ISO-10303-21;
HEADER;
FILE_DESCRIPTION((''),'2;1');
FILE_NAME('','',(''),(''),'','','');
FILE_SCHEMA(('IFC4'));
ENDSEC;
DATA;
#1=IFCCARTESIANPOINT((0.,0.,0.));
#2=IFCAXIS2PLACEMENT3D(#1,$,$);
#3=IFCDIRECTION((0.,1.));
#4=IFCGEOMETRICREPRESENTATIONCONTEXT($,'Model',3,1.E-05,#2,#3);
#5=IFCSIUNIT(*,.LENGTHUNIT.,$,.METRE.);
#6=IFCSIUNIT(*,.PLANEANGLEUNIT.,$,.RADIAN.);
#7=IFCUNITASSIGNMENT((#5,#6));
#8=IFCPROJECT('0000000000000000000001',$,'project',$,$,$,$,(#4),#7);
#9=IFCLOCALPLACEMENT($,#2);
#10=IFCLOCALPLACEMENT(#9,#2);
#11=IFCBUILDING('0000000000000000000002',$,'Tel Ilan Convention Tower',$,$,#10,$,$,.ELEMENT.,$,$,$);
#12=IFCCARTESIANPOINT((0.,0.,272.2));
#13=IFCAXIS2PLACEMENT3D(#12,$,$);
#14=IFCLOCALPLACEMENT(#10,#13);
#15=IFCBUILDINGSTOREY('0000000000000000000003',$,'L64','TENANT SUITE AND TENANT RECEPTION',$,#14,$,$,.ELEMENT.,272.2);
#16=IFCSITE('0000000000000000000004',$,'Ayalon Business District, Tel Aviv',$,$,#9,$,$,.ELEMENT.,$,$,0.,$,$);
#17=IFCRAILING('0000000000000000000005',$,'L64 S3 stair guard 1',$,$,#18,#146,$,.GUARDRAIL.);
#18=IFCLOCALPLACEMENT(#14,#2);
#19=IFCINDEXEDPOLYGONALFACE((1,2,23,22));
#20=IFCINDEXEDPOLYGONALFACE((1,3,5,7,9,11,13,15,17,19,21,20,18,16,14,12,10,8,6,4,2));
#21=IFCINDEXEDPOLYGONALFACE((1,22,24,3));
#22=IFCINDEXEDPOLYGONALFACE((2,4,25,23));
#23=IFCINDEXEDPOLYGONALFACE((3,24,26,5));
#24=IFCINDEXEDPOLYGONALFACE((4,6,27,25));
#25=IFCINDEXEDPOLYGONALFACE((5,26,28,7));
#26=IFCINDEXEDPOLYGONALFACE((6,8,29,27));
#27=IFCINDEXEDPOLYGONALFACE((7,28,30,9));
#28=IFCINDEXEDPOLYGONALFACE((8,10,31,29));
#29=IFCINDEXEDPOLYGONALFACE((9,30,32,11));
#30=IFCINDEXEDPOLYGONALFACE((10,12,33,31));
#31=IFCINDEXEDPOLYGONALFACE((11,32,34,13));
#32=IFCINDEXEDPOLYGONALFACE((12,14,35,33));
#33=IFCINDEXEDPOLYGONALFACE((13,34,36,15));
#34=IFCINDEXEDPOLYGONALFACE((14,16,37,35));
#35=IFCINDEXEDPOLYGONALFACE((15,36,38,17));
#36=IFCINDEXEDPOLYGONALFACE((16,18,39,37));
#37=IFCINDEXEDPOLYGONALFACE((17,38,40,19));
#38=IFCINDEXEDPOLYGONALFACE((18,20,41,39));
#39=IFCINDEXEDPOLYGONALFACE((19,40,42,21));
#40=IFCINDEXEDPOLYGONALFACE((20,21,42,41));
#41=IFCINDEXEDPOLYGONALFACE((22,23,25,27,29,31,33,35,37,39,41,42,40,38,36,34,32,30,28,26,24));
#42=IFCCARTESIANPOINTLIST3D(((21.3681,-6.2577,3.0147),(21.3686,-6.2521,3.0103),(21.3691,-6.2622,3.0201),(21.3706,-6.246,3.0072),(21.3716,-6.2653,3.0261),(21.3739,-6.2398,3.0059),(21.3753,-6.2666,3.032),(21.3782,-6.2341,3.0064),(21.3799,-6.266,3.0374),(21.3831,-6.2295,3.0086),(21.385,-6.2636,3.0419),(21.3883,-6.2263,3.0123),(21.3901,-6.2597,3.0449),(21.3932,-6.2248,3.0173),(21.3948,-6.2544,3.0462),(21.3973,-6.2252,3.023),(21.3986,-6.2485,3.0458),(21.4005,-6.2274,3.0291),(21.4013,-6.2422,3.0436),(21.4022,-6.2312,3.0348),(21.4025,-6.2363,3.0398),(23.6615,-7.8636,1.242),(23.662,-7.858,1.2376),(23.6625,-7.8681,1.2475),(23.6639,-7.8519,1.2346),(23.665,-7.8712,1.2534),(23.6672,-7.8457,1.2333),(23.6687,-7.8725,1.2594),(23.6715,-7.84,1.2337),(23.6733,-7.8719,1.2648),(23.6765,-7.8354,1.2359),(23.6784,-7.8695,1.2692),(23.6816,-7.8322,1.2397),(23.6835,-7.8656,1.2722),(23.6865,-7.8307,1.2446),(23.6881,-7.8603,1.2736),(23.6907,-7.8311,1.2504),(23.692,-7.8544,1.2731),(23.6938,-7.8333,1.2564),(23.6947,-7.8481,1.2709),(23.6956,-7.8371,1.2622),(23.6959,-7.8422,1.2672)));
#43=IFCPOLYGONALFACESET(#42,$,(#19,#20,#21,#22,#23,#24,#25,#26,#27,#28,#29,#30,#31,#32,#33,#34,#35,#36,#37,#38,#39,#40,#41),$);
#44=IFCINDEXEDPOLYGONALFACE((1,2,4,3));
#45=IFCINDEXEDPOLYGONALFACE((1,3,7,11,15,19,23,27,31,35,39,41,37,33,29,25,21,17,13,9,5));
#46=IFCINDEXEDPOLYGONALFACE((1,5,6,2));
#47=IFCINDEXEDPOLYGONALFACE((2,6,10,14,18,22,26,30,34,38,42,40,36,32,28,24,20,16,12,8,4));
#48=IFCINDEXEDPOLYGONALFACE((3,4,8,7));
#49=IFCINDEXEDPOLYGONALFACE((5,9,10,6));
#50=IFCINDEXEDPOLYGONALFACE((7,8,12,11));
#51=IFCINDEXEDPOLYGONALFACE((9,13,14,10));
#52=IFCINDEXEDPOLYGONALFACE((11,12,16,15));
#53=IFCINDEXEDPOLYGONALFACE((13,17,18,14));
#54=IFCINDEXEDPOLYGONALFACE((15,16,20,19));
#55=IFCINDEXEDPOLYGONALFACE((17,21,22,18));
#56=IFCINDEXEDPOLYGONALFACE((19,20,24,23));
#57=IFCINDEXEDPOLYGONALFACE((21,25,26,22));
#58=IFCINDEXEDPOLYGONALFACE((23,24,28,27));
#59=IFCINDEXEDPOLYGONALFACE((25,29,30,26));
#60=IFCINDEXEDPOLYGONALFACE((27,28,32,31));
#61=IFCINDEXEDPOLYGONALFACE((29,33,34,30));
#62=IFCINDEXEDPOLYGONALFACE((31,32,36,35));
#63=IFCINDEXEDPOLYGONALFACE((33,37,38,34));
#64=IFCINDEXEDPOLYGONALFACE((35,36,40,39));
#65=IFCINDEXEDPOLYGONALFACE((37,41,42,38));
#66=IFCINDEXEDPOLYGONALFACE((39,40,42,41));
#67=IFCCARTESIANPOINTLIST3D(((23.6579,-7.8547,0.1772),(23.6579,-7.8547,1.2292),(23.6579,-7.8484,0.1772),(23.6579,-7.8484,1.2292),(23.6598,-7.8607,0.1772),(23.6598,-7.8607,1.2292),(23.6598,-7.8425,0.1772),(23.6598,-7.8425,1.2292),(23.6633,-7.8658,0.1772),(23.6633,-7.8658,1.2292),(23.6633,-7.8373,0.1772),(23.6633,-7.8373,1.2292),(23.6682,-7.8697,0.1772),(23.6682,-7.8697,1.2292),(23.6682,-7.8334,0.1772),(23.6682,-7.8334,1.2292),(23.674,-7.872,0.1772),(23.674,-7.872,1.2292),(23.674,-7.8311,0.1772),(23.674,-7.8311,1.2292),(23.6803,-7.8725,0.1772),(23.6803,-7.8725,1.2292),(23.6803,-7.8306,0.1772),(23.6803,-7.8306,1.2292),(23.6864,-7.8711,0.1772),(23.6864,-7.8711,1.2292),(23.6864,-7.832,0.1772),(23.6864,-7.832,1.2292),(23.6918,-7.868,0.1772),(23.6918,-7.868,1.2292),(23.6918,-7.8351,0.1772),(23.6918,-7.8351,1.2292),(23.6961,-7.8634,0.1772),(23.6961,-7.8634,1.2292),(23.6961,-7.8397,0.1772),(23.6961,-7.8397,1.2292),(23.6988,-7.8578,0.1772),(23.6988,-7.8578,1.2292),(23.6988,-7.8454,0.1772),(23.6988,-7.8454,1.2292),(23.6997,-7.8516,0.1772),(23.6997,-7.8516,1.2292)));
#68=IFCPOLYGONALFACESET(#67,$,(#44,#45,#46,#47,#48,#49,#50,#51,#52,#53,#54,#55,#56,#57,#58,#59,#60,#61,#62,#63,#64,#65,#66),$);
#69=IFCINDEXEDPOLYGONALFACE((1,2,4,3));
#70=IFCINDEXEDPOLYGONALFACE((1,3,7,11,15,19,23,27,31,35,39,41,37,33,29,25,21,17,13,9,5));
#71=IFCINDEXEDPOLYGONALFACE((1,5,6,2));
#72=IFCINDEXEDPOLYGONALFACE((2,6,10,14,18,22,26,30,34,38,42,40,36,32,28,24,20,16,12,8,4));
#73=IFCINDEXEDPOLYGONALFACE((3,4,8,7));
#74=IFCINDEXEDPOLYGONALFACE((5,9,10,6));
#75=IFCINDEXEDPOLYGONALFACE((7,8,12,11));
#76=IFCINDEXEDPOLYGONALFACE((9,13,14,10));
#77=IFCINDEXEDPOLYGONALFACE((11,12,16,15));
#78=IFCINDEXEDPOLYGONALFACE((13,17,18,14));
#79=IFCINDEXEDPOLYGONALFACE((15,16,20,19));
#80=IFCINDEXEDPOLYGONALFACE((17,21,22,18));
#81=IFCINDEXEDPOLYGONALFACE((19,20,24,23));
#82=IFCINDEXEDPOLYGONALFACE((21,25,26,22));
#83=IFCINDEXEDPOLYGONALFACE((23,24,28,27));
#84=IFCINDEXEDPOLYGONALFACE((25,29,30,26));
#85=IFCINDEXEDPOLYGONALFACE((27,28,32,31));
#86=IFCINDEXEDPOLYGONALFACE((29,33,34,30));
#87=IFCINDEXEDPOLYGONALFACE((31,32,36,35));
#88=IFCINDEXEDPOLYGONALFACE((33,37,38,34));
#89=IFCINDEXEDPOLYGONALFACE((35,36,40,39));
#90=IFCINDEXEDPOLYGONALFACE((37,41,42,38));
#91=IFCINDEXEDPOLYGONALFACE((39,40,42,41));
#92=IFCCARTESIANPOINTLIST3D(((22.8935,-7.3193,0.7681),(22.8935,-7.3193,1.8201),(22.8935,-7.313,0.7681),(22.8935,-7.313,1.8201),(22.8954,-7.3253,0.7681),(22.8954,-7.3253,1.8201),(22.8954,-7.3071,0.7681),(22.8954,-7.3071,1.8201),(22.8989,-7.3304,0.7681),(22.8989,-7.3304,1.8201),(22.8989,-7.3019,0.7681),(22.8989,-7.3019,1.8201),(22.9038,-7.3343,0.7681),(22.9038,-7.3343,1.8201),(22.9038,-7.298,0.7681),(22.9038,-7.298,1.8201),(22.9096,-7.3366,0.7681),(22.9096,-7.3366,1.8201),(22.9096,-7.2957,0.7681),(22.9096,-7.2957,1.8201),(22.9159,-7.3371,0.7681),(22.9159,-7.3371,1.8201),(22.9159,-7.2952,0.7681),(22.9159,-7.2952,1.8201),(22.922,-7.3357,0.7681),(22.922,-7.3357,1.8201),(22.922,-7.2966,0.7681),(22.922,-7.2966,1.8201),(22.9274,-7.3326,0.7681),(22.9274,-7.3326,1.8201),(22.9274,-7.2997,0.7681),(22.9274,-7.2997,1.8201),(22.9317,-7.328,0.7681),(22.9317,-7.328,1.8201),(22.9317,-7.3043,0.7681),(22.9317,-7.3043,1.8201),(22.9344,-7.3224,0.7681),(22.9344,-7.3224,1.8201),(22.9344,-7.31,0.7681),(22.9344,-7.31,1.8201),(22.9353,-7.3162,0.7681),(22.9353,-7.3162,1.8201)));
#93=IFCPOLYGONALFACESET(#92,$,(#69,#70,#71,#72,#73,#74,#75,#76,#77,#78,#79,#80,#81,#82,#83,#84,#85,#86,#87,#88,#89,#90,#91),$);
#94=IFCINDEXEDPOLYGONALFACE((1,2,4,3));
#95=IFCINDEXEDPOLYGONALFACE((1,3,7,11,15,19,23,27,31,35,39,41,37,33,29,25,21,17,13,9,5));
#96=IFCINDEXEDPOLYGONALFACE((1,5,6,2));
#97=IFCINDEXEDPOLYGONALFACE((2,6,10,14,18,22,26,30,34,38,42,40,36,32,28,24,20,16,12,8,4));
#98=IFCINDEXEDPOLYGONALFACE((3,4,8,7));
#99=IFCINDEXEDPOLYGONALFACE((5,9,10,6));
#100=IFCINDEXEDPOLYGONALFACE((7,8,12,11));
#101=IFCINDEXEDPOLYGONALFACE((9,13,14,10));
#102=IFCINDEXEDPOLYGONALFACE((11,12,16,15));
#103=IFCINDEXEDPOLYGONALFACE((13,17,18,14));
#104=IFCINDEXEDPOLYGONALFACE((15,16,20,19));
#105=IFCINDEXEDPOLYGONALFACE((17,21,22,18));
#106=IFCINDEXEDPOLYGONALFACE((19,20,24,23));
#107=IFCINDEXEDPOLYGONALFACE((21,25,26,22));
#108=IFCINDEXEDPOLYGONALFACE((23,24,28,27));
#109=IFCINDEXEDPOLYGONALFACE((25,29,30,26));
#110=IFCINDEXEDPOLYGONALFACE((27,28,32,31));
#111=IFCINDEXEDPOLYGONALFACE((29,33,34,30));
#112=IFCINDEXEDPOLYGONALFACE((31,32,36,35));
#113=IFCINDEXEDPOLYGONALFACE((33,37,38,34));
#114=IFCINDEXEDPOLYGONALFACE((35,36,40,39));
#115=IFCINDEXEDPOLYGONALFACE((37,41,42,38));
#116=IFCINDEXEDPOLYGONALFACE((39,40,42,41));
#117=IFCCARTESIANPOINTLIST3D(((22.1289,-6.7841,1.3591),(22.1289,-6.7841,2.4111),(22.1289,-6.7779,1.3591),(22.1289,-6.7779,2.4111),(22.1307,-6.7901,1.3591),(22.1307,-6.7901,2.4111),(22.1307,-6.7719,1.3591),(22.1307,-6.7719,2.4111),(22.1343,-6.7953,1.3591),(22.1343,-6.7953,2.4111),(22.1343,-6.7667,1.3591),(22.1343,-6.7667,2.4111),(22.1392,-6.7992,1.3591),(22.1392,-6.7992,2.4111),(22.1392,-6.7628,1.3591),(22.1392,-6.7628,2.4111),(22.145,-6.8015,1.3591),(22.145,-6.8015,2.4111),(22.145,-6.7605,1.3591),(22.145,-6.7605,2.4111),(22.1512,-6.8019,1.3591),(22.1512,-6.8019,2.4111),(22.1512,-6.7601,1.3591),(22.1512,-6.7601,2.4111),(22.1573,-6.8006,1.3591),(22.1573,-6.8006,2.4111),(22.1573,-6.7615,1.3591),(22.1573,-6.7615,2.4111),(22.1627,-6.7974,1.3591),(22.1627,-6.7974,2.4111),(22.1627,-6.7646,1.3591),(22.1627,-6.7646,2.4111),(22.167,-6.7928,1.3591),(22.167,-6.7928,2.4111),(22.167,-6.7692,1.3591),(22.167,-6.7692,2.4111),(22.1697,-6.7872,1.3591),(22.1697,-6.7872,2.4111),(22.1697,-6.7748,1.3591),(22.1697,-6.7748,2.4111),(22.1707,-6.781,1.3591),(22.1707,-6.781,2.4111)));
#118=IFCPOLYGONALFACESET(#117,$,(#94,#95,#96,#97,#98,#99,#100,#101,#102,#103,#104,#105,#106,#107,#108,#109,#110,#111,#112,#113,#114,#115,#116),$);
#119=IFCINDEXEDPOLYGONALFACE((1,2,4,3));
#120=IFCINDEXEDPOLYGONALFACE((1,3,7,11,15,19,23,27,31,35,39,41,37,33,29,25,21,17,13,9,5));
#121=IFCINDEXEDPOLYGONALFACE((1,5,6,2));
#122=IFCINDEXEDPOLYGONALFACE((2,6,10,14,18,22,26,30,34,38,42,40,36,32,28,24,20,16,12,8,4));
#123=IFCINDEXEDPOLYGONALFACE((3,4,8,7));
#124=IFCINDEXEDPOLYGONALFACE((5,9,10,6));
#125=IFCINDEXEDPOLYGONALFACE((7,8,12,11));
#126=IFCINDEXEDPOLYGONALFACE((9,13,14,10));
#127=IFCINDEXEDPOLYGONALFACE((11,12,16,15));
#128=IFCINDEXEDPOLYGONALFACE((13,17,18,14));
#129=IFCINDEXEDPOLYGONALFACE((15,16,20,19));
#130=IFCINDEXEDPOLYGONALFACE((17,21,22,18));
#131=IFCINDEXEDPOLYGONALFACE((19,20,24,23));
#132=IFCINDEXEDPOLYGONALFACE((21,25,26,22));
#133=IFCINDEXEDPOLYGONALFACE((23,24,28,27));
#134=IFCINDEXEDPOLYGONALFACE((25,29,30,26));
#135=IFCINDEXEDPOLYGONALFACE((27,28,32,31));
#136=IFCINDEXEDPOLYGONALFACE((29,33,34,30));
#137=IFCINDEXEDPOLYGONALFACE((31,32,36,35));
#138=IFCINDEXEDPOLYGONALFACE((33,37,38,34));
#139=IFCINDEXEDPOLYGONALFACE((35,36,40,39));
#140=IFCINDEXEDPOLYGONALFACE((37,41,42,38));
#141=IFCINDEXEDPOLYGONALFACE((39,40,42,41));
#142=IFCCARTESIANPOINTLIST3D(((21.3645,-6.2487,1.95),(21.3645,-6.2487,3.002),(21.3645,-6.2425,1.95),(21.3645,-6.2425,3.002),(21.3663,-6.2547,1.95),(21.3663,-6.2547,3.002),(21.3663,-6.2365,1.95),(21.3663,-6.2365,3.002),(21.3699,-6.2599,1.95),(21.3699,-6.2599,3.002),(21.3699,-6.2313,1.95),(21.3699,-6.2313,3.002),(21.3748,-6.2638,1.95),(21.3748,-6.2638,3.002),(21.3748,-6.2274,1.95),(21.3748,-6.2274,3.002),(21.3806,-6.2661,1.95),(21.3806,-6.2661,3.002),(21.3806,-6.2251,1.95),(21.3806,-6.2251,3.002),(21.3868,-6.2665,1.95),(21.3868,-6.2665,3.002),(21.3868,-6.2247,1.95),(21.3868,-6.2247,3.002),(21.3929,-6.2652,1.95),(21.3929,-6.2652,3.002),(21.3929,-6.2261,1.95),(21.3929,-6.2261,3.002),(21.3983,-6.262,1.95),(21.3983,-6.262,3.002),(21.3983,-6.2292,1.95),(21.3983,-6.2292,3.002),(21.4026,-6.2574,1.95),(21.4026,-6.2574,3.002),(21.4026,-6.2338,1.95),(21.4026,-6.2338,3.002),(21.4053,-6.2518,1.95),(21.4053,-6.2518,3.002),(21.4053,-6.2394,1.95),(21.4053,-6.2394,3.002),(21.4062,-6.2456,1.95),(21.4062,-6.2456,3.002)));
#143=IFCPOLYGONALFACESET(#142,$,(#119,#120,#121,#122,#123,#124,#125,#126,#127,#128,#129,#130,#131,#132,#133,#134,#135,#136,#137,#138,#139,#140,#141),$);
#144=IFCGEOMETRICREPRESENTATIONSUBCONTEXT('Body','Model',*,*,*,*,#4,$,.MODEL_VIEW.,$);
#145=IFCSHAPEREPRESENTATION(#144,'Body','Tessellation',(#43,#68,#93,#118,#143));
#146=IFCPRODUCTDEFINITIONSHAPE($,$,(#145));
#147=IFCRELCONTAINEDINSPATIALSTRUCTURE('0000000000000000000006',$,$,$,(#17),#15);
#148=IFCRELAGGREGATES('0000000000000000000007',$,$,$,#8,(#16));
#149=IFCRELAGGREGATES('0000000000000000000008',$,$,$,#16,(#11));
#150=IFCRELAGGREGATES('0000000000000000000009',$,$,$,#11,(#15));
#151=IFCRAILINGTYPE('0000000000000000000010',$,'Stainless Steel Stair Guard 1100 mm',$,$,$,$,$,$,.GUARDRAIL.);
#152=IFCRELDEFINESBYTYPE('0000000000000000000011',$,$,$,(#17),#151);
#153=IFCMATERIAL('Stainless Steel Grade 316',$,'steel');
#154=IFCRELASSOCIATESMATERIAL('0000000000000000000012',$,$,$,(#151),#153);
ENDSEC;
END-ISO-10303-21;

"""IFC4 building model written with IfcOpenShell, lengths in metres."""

from ifc_helpers import new_model, si_unit, direction, frame, origin, origin_2d, place, context, subcontext, project, spatial, circle, extrude, material, type_object, element, save


model = new_model("IFC4")

# Units and contexts
model_context = context("Model", 3, precision=1e-05, world=origin(), true_north=direction((0.0, 1.0)))
body_context = subcontext(model_context, "Body", "Model", "MODEL_VIEW")
ifc_project = project(units=[si_unit("LENGTHUNIT", "METRE"), si_unit("PLANEANGLEUNIT", "RADIAN")], contexts=[model_context])

# Site, building, storey
site_placement = place(None, origin())
site = spatial("IfcSite", under=ifc_project, at=site_placement, Name="Ayalon Business District, Tel Aviv", CompositionType="ELEMENT", RefElevation=0.0)
building_placement = place(site_placement, origin())
building = spatial("IfcBuilding", under=site, at=building_placement, Name="Tel Ilan Convention Tower", CompositionType="ELEMENT")
storey_placement = place(building_placement, frame((0.0, 0.0, 272.2)))
storey = spatial("IfcBuildingStorey", under=building, at=storey_placement, Name="L64", Description="TENANT SUITE AND TENANT RECEPTION", CompositionType="ELEMENT", Elevation=272.2)

# Railing
ifc_material_1 = material(Name="Stainless Steel Grade 316", Category="steel")
railing_type_1 = type_object("IfcRailingType", Name="Stainless Steel Stair Guard 1100 mm", PredefinedType="GUARDRAIL", material=ifc_material_1)
railing_1_placement = place(storey_placement, frame((23.6787, -7.8516, 0.1772)))
element("IfcRailing", 1, at=railing_1_placement, inside=storey, type_object=railing_type_1, Name="L64 S3 stair guard 1", PredefinedType="GUARDRAIL", context=body_context, shape_type="SweptSolid", body=[
    extrude(circle(Radius=0.0239, at=origin_2d()), frame((0.0, 0.0, 1.0762), z_axis=(-0.692085, 0.484621, 0.53494), x_axis=(-0.573591, -0.819142, 0.0)), (0.0, 0.0, 1.0), 3.3137),
    extrude(circle(Radius=0.021, at=origin_2d()), origin(), (0.0, 0.0, 1.0), 1.052),
    extrude(circle(Radius=0.021, at=origin_2d()), frame((-0.7644, 0.5354, 0.5908)), (0.0, 0.0, 1.0), 1.052),
    extrude(circle(Radius=0.021, at=origin_2d()), frame((-1.5291, 1.0706, 1.1819)), (0.0, 0.0, 1.0), 1.052),
    extrude(circle(Radius=0.021, at=origin_2d()), frame((-2.2935, 1.606, 1.7727)), (0.0, 0.0, 1.0), 1.052),
])

save(model, "model.ifc")
